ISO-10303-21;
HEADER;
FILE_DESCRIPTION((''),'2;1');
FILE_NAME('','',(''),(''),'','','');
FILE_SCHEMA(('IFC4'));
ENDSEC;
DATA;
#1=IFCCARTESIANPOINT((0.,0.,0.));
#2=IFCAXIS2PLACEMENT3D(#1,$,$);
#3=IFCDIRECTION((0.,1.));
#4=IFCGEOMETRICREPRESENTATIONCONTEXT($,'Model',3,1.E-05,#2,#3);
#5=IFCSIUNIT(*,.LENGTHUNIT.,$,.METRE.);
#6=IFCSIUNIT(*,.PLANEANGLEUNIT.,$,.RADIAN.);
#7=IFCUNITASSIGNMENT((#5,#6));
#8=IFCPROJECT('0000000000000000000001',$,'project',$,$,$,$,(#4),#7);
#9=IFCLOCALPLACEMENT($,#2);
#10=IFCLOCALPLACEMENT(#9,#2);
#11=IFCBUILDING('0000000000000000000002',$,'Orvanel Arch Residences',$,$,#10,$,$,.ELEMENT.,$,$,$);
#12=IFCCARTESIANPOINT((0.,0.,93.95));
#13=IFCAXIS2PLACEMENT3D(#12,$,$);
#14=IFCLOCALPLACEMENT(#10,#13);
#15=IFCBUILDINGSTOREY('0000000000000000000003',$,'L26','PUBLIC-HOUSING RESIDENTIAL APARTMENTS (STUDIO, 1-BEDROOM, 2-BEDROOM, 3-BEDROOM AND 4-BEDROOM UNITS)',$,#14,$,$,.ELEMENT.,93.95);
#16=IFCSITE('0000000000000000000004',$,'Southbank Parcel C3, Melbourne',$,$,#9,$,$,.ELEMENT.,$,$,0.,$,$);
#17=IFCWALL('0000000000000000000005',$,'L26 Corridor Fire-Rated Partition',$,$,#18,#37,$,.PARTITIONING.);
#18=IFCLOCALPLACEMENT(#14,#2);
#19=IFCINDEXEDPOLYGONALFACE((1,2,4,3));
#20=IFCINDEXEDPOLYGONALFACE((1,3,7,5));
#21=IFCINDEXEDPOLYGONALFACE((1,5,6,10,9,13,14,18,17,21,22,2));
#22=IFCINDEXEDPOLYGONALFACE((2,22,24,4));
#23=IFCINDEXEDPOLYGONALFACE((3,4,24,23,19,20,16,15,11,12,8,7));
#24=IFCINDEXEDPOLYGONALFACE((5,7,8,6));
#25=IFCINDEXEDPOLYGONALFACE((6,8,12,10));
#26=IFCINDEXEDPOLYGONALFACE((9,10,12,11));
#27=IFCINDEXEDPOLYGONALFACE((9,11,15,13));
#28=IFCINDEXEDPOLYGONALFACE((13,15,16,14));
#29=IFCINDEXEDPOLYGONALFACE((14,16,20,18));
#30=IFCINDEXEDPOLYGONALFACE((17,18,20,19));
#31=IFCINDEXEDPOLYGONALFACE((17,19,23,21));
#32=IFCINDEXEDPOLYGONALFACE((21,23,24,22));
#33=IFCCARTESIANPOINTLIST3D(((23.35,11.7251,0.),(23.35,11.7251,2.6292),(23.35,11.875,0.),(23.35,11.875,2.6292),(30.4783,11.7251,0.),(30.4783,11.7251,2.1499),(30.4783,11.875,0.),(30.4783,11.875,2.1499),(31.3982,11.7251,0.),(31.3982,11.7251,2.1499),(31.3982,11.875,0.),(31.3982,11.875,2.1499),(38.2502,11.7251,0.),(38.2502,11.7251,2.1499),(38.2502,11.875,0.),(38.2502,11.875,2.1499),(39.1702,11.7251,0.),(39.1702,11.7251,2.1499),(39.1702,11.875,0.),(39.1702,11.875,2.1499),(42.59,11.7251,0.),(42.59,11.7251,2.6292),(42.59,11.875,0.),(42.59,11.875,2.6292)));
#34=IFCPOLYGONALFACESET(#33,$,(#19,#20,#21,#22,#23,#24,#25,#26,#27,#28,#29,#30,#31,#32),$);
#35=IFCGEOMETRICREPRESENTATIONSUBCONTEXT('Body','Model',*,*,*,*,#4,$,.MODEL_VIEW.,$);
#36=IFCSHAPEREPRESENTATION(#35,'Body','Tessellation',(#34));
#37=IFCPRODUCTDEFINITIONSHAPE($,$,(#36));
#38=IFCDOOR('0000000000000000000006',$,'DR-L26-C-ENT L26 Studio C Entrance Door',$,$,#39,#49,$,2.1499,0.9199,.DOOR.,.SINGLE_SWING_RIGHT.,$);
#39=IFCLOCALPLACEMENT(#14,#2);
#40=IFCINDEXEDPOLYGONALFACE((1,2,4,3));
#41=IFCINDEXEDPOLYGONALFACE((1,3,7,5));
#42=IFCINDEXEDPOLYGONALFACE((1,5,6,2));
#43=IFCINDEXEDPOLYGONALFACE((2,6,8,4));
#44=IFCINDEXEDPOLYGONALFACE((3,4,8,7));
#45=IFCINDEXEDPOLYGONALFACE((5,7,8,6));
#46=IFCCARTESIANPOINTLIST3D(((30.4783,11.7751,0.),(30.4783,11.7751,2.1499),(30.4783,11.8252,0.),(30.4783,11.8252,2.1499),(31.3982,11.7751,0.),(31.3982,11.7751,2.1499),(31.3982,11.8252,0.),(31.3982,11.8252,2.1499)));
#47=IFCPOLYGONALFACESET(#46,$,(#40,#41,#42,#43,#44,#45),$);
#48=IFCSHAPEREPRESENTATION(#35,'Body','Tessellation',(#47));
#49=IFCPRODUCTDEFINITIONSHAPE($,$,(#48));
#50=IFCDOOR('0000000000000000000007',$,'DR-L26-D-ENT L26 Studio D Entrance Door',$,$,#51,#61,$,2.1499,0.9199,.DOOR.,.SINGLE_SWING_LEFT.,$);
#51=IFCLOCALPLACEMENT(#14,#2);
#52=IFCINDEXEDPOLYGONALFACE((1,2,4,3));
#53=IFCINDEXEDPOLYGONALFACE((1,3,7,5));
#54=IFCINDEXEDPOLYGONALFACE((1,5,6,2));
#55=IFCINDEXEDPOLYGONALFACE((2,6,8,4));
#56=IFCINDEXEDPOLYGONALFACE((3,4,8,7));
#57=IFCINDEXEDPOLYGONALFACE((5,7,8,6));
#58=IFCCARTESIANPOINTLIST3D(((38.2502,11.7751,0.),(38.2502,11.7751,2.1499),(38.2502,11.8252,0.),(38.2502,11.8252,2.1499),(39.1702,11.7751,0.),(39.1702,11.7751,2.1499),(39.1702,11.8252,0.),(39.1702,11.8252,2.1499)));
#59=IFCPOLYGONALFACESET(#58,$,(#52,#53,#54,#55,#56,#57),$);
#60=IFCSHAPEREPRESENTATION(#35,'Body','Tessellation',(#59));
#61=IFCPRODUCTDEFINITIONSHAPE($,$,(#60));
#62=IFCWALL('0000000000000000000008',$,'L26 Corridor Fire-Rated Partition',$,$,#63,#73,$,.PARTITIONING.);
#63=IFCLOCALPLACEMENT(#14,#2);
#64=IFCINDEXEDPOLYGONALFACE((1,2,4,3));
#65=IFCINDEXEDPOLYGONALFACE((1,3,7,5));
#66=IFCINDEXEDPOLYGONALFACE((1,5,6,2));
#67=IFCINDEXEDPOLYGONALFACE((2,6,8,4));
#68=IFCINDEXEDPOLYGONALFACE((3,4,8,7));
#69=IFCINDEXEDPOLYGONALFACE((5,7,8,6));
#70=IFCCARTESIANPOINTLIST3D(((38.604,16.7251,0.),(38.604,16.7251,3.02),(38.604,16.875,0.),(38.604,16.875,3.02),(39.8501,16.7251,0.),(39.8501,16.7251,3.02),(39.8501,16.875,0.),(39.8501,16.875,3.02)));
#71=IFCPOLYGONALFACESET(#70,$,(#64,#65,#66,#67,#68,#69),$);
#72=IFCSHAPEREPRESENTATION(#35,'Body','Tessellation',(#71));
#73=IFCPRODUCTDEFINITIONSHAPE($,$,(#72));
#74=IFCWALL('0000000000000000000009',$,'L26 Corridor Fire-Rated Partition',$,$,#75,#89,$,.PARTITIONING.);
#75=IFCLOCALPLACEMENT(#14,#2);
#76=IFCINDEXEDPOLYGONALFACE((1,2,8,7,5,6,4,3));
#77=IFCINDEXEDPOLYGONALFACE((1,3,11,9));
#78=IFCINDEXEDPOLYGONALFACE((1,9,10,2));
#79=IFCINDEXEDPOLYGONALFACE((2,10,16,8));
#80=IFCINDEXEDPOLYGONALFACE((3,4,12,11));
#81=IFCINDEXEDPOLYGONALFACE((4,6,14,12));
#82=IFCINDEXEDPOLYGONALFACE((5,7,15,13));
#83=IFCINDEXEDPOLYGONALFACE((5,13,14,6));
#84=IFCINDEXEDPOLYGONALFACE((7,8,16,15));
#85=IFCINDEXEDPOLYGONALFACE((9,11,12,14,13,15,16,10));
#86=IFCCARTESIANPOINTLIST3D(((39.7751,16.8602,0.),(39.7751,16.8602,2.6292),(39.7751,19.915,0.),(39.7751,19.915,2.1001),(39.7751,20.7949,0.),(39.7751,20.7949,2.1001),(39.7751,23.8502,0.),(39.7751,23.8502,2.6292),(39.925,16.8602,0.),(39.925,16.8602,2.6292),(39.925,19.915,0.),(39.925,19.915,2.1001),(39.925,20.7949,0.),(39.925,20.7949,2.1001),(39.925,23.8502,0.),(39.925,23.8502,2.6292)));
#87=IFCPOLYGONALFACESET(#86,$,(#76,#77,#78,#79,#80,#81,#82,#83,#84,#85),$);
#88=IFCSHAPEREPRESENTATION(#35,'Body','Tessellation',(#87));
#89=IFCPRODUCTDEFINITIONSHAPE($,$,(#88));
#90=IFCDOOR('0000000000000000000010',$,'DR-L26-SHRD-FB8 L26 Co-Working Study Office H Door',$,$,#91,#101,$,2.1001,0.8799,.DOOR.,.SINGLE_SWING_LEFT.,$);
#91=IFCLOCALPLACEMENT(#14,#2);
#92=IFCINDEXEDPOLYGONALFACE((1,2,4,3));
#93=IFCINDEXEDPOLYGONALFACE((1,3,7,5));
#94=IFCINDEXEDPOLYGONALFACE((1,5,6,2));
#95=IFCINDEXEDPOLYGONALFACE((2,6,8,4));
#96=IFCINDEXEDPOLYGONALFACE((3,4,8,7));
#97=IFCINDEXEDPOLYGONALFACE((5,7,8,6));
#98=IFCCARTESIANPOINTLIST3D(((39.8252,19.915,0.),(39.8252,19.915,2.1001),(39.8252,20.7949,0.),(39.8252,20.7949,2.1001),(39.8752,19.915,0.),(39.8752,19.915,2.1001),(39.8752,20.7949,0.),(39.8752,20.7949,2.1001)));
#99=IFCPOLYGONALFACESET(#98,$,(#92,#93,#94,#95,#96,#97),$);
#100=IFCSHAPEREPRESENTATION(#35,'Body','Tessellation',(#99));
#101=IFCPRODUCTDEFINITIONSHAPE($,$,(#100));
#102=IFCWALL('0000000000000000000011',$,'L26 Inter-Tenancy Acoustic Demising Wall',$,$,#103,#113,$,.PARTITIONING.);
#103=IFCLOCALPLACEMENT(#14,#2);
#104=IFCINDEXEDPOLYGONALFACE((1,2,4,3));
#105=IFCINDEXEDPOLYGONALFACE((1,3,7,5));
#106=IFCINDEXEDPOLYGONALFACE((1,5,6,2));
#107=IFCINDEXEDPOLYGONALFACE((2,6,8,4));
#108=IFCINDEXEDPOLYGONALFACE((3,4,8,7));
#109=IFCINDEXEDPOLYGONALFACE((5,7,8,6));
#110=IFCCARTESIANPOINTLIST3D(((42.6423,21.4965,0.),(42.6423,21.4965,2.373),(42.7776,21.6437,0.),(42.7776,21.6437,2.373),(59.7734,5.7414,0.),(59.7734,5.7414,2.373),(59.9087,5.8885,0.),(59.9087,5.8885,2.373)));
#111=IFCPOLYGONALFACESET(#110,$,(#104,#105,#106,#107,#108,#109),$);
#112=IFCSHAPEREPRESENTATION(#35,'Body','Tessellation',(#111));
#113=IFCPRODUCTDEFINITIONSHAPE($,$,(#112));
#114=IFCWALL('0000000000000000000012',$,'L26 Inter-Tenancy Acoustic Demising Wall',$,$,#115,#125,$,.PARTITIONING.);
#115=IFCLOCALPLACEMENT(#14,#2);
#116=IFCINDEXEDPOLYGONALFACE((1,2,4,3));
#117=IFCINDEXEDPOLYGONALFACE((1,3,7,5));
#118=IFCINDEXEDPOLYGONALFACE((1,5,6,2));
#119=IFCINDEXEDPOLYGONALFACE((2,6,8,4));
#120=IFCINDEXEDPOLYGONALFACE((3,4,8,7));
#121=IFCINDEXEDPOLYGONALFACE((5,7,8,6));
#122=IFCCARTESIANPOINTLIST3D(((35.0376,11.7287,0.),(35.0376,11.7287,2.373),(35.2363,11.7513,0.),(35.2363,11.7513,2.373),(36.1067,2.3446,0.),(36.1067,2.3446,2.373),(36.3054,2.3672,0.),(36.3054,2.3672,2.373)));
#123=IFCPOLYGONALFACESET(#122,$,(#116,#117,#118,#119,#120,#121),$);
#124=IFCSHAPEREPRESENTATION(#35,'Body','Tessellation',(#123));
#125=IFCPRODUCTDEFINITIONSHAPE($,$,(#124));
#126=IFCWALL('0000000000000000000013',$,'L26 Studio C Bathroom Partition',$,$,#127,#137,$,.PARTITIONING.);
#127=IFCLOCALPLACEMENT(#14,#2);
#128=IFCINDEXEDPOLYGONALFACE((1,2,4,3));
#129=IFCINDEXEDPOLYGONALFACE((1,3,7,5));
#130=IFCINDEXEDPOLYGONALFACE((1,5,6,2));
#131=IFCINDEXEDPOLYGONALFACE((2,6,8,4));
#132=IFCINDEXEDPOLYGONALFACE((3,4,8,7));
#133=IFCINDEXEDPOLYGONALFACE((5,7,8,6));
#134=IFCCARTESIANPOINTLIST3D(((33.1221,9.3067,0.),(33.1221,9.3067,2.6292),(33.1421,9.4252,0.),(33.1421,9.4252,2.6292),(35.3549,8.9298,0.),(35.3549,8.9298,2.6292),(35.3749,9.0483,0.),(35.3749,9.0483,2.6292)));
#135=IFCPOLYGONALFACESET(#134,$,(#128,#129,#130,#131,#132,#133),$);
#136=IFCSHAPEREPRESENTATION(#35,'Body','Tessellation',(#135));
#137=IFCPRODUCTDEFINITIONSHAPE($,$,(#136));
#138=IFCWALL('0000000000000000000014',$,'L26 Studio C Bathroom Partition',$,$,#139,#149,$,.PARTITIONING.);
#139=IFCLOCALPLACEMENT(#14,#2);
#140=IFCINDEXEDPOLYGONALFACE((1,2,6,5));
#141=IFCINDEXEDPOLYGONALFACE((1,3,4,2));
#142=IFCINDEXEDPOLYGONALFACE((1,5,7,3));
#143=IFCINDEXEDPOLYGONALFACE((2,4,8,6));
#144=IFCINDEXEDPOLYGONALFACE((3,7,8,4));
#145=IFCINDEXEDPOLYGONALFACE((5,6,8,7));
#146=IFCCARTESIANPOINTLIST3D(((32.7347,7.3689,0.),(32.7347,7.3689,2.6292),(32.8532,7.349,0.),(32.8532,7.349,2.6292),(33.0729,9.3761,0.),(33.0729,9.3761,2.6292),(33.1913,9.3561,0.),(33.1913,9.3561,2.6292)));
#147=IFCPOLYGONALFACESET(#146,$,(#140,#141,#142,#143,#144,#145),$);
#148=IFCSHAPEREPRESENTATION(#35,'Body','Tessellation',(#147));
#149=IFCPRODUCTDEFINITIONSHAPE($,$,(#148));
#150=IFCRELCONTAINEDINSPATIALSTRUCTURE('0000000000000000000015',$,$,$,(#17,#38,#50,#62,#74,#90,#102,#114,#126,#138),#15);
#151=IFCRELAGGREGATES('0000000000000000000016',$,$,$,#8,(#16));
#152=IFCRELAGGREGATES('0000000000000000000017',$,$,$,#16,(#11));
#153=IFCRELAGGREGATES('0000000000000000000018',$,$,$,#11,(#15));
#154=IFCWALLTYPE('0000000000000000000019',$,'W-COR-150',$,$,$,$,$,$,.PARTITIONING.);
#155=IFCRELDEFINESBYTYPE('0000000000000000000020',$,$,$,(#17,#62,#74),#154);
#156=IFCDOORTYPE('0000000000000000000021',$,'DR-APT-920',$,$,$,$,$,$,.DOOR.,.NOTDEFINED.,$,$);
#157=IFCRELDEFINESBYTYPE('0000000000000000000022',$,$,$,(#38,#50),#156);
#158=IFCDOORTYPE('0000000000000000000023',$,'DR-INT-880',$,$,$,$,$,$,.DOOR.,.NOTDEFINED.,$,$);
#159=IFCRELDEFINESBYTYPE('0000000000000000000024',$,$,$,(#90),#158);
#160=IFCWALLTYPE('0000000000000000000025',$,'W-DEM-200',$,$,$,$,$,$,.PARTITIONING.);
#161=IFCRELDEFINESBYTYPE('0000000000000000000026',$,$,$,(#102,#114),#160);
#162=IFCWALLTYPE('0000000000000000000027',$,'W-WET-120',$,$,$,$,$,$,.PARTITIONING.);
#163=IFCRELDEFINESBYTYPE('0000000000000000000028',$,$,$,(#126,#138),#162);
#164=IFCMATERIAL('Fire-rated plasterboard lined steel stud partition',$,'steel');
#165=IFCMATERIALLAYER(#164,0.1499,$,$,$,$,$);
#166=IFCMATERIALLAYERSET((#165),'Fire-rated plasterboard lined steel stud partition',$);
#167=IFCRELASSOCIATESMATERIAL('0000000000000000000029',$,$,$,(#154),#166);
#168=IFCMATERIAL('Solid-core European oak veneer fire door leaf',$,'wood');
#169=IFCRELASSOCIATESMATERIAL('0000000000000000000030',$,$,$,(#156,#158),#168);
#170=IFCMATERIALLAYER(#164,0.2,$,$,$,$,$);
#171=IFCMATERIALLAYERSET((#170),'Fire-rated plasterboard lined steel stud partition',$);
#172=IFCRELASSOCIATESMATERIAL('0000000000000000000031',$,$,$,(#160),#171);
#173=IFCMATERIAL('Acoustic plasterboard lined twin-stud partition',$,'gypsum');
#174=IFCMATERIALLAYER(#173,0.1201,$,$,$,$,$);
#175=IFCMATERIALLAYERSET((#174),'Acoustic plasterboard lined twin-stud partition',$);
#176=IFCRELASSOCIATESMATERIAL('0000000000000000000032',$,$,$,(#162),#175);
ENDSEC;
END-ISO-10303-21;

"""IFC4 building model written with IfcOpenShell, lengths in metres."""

from ifc_helpers import new_model, si_unit, direction, frame, frame_2d, origin, place, context, subcontext, project, spatial, rectangle, extrude, material, layer, layer_set, type_object, element, fill, save


model = new_model("IFC4")

# Units and contexts
model_context = context("Model", 3, precision=1e-05, world=origin(), true_north=direction((0.0, 1.0)))
body_context = subcontext(model_context, "Body", "Model", "MODEL_VIEW")
ifc_project = project(units=[si_unit("LENGTHUNIT", "METRE"), si_unit("PLANEANGLEUNIT", "RADIAN")], contexts=[model_context])

# Site, building, storey
site_placement = place(None, origin())
site = spatial("IfcSite", under=ifc_project, at=site_placement, Name="Southbank Parcel C3, Melbourne", CompositionType="ELEMENT", RefElevation=0.0)
building_placement = place(site_placement, origin())
building = spatial("IfcBuilding", under=site, at=building_placement, Name="Orvanel Arch Residences", CompositionType="ELEMENT")
storey_placement = place(building_placement, frame((0.0, 0.0, 93.95)))
storey = spatial("IfcBuildingStorey", under=building, at=storey_placement, Name="L26", Description="PUBLIC-HOUSING RESIDENTIAL APARTMENTS (STUDIO, 1-BEDROOM, 2-BEDROOM, 3-BEDROOM AND 4-BEDROOM UNITS)", CompositionType="ELEMENT", Elevation=93.95)

# Wall, openings, doors
ifc_material_1 = material(Name="Fire-rated plasterboard lined steel stud partition", Category="steel")
ifc_layer_1 = layer(ifc_material_1, 0.1499)
ifc_layer_set_1 = layer_set([ifc_layer_1], Name="Fire-rated plasterboard lined steel stud partition")
wall_type_1 = type_object("IfcWallType", Name="W-COR-150", PredefinedType="PARTITIONING", material=ifc_layer_set_1)
wall_1_placement = place(storey_placement, frame((42.5901, 11.8, 0.0), z_axis=(0.0, 0.0, 1.0), x_axis=(-1.0, 0.0, 0.0)))
wall_1 = element("IfcWall", 1, at=wall_1_placement, inside=storey, type_object=wall_type_1, Name="L26 Corridor Fire-Rated Partition", PredefinedType="PARTITIONING", context=body_context, shape_type="SweptSolid", body=[
    extrude(rectangle(XDim=19.24, YDim=0.1499, at=frame_2d((9.6201, 0.0))), origin(), (0.0, 0.0, 1.0), 2.6292),
])
opening_1_placement = place(wall_1_placement, frame((11.1919, 0.0, 0.0)))
opening_1 = element("IfcOpeningElement", 2, at=opening_1_placement, cuts=wall_1, PredefinedType="OPENING", context=body_context, shape_type="SweptSolid", body=[
    extrude(rectangle(XDim=0.9199, YDim=2.1499, at=frame_2d((0.46, 1.075))), frame((0.0, 0.085, 0.0), z_axis=(0.0, -1.0, 0.0), x_axis=(1.0, 0.0, 0.0)), (0.0, 0.0, 1.0), 0.1699),
])
opening_2_placement = place(wall_1_placement, frame((3.4199, 0.0, 0.0)))
opening_2 = element("IfcOpeningElement", 3, at=opening_2_placement, cuts=wall_1, PredefinedType="OPENING", context=body_context, shape_type="SweptSolid", body=[
    extrude(rectangle(XDim=0.9199, YDim=2.1499, at=frame_2d((0.46, 1.075))), frame((0.0, 0.085, 0.0), z_axis=(0.0, -1.0, 0.0), x_axis=(1.0, 0.0, 0.0)), (0.0, 0.0, 1.0), 0.1699),
])
ifc_material_2 = material(Name="Solid-core European oak veneer fire door leaf", Category="wood")
door_type_1 = type_object("IfcDoorType", Name="DR-APT-920", OperationType="NOTDEFINED", PredefinedType="DOOR", material=ifc_material_2)
door_1_placement = place(opening_1_placement, origin())
door_1 = element("IfcDoor", 4, at=door_1_placement, inside=storey, type_object=door_type_1, Name="DR-L26-C-ENT L26 Studio C Entrance Door", OperationType="SINGLE_SWING_RIGHT", OverallHeight=2.1499, OverallWidth=0.9199, PredefinedType="DOOR", context=body_context, shape_type="SweptSolid", body=[
    extrude(rectangle(XDim=0.9199, YDim=2.1499, at=frame_2d((0.46, 1.075))), frame((0.0, 0.0249, 0.0), z_axis=(0.0, -1.0, 0.0), x_axis=(1.0, 0.0, 0.0)), (0.0, 0.0, 1.0), 0.05),
])
fill(opening_1, door_1)
door_2_placement = place(opening_2_placement, origin())
door_2 = element("IfcDoor", 5, at=door_2_placement, inside=storey, type_object=door_type_1, Name="DR-L26-D-ENT L26 Studio D Entrance Door", OperationType="SINGLE_SWING_LEFT", OverallHeight=2.1499, OverallWidth=0.9199, PredefinedType="DOOR", context=body_context, shape_type="SweptSolid", body=[
    extrude(rectangle(XDim=0.9199, YDim=2.1499, at=frame_2d((0.46, 1.075))), frame((0.0, 0.0249, 0.0), z_axis=(0.0, -1.0, 0.0), x_axis=(1.0, 0.0, 0.0)), (0.0, 0.0, 1.0), 0.05),
])
fill(opening_2, door_2)

# Wall
wall_2_placement = place(storey_placement, frame((38.604, 16.8, 0.0), z_axis=(0.0, 0.0, 1.0), x_axis=(1.0, 0.0, 0.0)))
element("IfcWall", 6, at=wall_2_placement, inside=storey, type_object=wall_type_1, Name="L26 Corridor Fire-Rated Partition", PredefinedType="PARTITIONING", context=body_context, shape_type="SweptSolid", body=[
    extrude(rectangle(XDim=1.2461, YDim=0.1499, at=frame_2d((0.623, 0.0))), origin(), (0.0, 0.0, 1.0), 3.02),
])

# Wall, opening, door
wall_3_placement = place(storey_placement, frame((39.8501, 16.8601, 0.0), z_axis=(0.0, 0.0, 1.0), x_axis=(0.0, 1.0, 0.0)))
wall_3 = element("IfcWall", 7, at=wall_3_placement, inside=storey, type_object=wall_type_1, Name="L26 Corridor Fire-Rated Partition", PredefinedType="PARTITIONING", context=body_context, shape_type="SweptSolid", body=[
    extrude(rectangle(XDim=6.99, YDim=0.1499, at=frame_2d((3.4951, 0.0))), origin(), (0.0, 0.0, 1.0), 2.6292),
])
opening_3_placement = place(wall_3_placement, frame((3.0549, 0.0, 0.0)))
opening_3 = element("IfcOpeningElement", 8, at=opening_3_placement, cuts=wall_3, PredefinedType="OPENING", context=body_context, shape_type="SweptSolid", body=[
    extrude(rectangle(XDim=0.8799, YDim=2.1001, at=frame_2d((0.4399, 1.05))), frame((0.0, 0.085, 0.0), z_axis=(0.0, -1.0, 0.0), x_axis=(1.0, 0.0, 0.0)), (0.0, 0.0, 1.0), 0.1699),
])
door_type_2 = type_object("IfcDoorType", Name="DR-INT-880", OperationType="NOTDEFINED", PredefinedType="DOOR", material=ifc_material_2)
door_3_placement = place(opening_3_placement, origin())
door_3 = element("IfcDoor", 9, at=door_3_placement, inside=storey, type_object=door_type_2, Name="DR-L26-SHRD-FB8 L26 Co-Working Study Office H Door", OperationType="SINGLE_SWING_LEFT", OverallHeight=2.1001, OverallWidth=0.8799, PredefinedType="DOOR", context=body_context, shape_type="SweptSolid", body=[
    extrude(rectangle(XDim=0.8799, YDim=2.1001, at=frame_2d((0.4399, 1.05))), frame((0.0, 0.0249, 0.0), z_axis=(0.0, -1.0, 0.0), x_axis=(1.0, 0.0, 0.0)), (0.0, 0.0, 1.0), 0.05),
])
fill(opening_3, door_3)

# Walls
ifc_layer_2 = layer(ifc_material_1, 0.2)
ifc_layer_set_2 = layer_set([ifc_layer_2], Name="Fire-rated plasterboard lined steel stud partition")
wall_type_2 = type_object("IfcWallType", Name="W-DEM-200", PredefinedType="PARTITIONING", material=ifc_layer_set_2)
wall_4_placement = place(storey_placement, frame((42.71, 21.5701, 0.0), z_axis=(0.0, 0.0, 1.0), x_axis=(0.736048, -0.676929, 0.0)))
element("IfcWall", 10, at=wall_4_placement, inside=storey, type_object=wall_type_2, Name="L26 Inter-Tenancy Acoustic Demising Wall", PredefinedType="PARTITIONING", context=body_context, shape_type="SweptSolid", body=[
    extrude(rectangle(XDim=23.2744, YDim=0.2, at=frame_2d((11.6372, 0.0))), origin(), (0.0, 0.0, 1.0), 2.373),
])
wall_5_placement = place(storey_placement, frame((35.137, 11.74, 0.0), z_axis=(0.0, 0.0, 1.0), x_axis=(0.113194, -0.993573, 0.0)))
element("IfcWall", 11, at=wall_5_placement, inside=storey, type_object=wall_type_2, Name="L26 Inter-Tenancy Acoustic Demising Wall", PredefinedType="PARTITIONING", context=body_context, shape_type="SweptSolid", body=[
    extrude(rectangle(XDim=9.4448, YDim=0.2, at=frame_2d((4.7224, 0.0))), origin(), (0.0, 0.0, 1.0), 2.373),
])
ifc_material_3 = material(Name="Acoustic plasterboard lined twin-stud partition", Category="gypsum")
ifc_layer_3 = layer(ifc_material_3, 0.1201)
ifc_layer_set_3 = layer_set([ifc_layer_3], Name="Acoustic plasterboard lined twin-stud partition")
wall_type_3 = type_object("IfcWallType", Name="W-WET-120", PredefinedType="PARTITIONING", material=ifc_layer_set_3)
wall_6_placement = place(storey_placement, frame((35.365, 8.989, 0.0), z_axis=(0.0, 0.0, 1.0), x_axis=(-0.986048, 0.166462, 0.0)))
element("IfcWall", 12, at=wall_6_placement, inside=storey, type_object=wall_type_3, Name="L26 Studio C Bathroom Partition", PredefinedType="PARTITIONING", context=body_context, shape_type="SweptSolid", body=[
    extrude(rectangle(XDim=2.2644, YDim=0.1201, at=frame_2d((1.1323, 0.0))), origin(), (0.0, 0.0, 1.0), 2.6292),
])
wall_7_placement = place(storey_placement, frame((33.1321, 9.366, 0.0), z_axis=(0.0, 0.0, 1.0), x_axis=(-0.16613, -0.986104, 0.0)))
element("IfcWall", 13, at=wall_7_placement, inside=storey, type_object=wall_type_3, Name="L26 Studio C Bathroom Partition", PredefinedType="PARTITIONING", context=body_context, shape_type="SweptSolid", body=[
    extrude(rectangle(XDim=2.0354, YDim=0.1201, at=frame_2d((1.0176, 0.0))), origin(), (0.0, 0.0, 1.0), 2.6292),
])

save(model, "model.ifc")
